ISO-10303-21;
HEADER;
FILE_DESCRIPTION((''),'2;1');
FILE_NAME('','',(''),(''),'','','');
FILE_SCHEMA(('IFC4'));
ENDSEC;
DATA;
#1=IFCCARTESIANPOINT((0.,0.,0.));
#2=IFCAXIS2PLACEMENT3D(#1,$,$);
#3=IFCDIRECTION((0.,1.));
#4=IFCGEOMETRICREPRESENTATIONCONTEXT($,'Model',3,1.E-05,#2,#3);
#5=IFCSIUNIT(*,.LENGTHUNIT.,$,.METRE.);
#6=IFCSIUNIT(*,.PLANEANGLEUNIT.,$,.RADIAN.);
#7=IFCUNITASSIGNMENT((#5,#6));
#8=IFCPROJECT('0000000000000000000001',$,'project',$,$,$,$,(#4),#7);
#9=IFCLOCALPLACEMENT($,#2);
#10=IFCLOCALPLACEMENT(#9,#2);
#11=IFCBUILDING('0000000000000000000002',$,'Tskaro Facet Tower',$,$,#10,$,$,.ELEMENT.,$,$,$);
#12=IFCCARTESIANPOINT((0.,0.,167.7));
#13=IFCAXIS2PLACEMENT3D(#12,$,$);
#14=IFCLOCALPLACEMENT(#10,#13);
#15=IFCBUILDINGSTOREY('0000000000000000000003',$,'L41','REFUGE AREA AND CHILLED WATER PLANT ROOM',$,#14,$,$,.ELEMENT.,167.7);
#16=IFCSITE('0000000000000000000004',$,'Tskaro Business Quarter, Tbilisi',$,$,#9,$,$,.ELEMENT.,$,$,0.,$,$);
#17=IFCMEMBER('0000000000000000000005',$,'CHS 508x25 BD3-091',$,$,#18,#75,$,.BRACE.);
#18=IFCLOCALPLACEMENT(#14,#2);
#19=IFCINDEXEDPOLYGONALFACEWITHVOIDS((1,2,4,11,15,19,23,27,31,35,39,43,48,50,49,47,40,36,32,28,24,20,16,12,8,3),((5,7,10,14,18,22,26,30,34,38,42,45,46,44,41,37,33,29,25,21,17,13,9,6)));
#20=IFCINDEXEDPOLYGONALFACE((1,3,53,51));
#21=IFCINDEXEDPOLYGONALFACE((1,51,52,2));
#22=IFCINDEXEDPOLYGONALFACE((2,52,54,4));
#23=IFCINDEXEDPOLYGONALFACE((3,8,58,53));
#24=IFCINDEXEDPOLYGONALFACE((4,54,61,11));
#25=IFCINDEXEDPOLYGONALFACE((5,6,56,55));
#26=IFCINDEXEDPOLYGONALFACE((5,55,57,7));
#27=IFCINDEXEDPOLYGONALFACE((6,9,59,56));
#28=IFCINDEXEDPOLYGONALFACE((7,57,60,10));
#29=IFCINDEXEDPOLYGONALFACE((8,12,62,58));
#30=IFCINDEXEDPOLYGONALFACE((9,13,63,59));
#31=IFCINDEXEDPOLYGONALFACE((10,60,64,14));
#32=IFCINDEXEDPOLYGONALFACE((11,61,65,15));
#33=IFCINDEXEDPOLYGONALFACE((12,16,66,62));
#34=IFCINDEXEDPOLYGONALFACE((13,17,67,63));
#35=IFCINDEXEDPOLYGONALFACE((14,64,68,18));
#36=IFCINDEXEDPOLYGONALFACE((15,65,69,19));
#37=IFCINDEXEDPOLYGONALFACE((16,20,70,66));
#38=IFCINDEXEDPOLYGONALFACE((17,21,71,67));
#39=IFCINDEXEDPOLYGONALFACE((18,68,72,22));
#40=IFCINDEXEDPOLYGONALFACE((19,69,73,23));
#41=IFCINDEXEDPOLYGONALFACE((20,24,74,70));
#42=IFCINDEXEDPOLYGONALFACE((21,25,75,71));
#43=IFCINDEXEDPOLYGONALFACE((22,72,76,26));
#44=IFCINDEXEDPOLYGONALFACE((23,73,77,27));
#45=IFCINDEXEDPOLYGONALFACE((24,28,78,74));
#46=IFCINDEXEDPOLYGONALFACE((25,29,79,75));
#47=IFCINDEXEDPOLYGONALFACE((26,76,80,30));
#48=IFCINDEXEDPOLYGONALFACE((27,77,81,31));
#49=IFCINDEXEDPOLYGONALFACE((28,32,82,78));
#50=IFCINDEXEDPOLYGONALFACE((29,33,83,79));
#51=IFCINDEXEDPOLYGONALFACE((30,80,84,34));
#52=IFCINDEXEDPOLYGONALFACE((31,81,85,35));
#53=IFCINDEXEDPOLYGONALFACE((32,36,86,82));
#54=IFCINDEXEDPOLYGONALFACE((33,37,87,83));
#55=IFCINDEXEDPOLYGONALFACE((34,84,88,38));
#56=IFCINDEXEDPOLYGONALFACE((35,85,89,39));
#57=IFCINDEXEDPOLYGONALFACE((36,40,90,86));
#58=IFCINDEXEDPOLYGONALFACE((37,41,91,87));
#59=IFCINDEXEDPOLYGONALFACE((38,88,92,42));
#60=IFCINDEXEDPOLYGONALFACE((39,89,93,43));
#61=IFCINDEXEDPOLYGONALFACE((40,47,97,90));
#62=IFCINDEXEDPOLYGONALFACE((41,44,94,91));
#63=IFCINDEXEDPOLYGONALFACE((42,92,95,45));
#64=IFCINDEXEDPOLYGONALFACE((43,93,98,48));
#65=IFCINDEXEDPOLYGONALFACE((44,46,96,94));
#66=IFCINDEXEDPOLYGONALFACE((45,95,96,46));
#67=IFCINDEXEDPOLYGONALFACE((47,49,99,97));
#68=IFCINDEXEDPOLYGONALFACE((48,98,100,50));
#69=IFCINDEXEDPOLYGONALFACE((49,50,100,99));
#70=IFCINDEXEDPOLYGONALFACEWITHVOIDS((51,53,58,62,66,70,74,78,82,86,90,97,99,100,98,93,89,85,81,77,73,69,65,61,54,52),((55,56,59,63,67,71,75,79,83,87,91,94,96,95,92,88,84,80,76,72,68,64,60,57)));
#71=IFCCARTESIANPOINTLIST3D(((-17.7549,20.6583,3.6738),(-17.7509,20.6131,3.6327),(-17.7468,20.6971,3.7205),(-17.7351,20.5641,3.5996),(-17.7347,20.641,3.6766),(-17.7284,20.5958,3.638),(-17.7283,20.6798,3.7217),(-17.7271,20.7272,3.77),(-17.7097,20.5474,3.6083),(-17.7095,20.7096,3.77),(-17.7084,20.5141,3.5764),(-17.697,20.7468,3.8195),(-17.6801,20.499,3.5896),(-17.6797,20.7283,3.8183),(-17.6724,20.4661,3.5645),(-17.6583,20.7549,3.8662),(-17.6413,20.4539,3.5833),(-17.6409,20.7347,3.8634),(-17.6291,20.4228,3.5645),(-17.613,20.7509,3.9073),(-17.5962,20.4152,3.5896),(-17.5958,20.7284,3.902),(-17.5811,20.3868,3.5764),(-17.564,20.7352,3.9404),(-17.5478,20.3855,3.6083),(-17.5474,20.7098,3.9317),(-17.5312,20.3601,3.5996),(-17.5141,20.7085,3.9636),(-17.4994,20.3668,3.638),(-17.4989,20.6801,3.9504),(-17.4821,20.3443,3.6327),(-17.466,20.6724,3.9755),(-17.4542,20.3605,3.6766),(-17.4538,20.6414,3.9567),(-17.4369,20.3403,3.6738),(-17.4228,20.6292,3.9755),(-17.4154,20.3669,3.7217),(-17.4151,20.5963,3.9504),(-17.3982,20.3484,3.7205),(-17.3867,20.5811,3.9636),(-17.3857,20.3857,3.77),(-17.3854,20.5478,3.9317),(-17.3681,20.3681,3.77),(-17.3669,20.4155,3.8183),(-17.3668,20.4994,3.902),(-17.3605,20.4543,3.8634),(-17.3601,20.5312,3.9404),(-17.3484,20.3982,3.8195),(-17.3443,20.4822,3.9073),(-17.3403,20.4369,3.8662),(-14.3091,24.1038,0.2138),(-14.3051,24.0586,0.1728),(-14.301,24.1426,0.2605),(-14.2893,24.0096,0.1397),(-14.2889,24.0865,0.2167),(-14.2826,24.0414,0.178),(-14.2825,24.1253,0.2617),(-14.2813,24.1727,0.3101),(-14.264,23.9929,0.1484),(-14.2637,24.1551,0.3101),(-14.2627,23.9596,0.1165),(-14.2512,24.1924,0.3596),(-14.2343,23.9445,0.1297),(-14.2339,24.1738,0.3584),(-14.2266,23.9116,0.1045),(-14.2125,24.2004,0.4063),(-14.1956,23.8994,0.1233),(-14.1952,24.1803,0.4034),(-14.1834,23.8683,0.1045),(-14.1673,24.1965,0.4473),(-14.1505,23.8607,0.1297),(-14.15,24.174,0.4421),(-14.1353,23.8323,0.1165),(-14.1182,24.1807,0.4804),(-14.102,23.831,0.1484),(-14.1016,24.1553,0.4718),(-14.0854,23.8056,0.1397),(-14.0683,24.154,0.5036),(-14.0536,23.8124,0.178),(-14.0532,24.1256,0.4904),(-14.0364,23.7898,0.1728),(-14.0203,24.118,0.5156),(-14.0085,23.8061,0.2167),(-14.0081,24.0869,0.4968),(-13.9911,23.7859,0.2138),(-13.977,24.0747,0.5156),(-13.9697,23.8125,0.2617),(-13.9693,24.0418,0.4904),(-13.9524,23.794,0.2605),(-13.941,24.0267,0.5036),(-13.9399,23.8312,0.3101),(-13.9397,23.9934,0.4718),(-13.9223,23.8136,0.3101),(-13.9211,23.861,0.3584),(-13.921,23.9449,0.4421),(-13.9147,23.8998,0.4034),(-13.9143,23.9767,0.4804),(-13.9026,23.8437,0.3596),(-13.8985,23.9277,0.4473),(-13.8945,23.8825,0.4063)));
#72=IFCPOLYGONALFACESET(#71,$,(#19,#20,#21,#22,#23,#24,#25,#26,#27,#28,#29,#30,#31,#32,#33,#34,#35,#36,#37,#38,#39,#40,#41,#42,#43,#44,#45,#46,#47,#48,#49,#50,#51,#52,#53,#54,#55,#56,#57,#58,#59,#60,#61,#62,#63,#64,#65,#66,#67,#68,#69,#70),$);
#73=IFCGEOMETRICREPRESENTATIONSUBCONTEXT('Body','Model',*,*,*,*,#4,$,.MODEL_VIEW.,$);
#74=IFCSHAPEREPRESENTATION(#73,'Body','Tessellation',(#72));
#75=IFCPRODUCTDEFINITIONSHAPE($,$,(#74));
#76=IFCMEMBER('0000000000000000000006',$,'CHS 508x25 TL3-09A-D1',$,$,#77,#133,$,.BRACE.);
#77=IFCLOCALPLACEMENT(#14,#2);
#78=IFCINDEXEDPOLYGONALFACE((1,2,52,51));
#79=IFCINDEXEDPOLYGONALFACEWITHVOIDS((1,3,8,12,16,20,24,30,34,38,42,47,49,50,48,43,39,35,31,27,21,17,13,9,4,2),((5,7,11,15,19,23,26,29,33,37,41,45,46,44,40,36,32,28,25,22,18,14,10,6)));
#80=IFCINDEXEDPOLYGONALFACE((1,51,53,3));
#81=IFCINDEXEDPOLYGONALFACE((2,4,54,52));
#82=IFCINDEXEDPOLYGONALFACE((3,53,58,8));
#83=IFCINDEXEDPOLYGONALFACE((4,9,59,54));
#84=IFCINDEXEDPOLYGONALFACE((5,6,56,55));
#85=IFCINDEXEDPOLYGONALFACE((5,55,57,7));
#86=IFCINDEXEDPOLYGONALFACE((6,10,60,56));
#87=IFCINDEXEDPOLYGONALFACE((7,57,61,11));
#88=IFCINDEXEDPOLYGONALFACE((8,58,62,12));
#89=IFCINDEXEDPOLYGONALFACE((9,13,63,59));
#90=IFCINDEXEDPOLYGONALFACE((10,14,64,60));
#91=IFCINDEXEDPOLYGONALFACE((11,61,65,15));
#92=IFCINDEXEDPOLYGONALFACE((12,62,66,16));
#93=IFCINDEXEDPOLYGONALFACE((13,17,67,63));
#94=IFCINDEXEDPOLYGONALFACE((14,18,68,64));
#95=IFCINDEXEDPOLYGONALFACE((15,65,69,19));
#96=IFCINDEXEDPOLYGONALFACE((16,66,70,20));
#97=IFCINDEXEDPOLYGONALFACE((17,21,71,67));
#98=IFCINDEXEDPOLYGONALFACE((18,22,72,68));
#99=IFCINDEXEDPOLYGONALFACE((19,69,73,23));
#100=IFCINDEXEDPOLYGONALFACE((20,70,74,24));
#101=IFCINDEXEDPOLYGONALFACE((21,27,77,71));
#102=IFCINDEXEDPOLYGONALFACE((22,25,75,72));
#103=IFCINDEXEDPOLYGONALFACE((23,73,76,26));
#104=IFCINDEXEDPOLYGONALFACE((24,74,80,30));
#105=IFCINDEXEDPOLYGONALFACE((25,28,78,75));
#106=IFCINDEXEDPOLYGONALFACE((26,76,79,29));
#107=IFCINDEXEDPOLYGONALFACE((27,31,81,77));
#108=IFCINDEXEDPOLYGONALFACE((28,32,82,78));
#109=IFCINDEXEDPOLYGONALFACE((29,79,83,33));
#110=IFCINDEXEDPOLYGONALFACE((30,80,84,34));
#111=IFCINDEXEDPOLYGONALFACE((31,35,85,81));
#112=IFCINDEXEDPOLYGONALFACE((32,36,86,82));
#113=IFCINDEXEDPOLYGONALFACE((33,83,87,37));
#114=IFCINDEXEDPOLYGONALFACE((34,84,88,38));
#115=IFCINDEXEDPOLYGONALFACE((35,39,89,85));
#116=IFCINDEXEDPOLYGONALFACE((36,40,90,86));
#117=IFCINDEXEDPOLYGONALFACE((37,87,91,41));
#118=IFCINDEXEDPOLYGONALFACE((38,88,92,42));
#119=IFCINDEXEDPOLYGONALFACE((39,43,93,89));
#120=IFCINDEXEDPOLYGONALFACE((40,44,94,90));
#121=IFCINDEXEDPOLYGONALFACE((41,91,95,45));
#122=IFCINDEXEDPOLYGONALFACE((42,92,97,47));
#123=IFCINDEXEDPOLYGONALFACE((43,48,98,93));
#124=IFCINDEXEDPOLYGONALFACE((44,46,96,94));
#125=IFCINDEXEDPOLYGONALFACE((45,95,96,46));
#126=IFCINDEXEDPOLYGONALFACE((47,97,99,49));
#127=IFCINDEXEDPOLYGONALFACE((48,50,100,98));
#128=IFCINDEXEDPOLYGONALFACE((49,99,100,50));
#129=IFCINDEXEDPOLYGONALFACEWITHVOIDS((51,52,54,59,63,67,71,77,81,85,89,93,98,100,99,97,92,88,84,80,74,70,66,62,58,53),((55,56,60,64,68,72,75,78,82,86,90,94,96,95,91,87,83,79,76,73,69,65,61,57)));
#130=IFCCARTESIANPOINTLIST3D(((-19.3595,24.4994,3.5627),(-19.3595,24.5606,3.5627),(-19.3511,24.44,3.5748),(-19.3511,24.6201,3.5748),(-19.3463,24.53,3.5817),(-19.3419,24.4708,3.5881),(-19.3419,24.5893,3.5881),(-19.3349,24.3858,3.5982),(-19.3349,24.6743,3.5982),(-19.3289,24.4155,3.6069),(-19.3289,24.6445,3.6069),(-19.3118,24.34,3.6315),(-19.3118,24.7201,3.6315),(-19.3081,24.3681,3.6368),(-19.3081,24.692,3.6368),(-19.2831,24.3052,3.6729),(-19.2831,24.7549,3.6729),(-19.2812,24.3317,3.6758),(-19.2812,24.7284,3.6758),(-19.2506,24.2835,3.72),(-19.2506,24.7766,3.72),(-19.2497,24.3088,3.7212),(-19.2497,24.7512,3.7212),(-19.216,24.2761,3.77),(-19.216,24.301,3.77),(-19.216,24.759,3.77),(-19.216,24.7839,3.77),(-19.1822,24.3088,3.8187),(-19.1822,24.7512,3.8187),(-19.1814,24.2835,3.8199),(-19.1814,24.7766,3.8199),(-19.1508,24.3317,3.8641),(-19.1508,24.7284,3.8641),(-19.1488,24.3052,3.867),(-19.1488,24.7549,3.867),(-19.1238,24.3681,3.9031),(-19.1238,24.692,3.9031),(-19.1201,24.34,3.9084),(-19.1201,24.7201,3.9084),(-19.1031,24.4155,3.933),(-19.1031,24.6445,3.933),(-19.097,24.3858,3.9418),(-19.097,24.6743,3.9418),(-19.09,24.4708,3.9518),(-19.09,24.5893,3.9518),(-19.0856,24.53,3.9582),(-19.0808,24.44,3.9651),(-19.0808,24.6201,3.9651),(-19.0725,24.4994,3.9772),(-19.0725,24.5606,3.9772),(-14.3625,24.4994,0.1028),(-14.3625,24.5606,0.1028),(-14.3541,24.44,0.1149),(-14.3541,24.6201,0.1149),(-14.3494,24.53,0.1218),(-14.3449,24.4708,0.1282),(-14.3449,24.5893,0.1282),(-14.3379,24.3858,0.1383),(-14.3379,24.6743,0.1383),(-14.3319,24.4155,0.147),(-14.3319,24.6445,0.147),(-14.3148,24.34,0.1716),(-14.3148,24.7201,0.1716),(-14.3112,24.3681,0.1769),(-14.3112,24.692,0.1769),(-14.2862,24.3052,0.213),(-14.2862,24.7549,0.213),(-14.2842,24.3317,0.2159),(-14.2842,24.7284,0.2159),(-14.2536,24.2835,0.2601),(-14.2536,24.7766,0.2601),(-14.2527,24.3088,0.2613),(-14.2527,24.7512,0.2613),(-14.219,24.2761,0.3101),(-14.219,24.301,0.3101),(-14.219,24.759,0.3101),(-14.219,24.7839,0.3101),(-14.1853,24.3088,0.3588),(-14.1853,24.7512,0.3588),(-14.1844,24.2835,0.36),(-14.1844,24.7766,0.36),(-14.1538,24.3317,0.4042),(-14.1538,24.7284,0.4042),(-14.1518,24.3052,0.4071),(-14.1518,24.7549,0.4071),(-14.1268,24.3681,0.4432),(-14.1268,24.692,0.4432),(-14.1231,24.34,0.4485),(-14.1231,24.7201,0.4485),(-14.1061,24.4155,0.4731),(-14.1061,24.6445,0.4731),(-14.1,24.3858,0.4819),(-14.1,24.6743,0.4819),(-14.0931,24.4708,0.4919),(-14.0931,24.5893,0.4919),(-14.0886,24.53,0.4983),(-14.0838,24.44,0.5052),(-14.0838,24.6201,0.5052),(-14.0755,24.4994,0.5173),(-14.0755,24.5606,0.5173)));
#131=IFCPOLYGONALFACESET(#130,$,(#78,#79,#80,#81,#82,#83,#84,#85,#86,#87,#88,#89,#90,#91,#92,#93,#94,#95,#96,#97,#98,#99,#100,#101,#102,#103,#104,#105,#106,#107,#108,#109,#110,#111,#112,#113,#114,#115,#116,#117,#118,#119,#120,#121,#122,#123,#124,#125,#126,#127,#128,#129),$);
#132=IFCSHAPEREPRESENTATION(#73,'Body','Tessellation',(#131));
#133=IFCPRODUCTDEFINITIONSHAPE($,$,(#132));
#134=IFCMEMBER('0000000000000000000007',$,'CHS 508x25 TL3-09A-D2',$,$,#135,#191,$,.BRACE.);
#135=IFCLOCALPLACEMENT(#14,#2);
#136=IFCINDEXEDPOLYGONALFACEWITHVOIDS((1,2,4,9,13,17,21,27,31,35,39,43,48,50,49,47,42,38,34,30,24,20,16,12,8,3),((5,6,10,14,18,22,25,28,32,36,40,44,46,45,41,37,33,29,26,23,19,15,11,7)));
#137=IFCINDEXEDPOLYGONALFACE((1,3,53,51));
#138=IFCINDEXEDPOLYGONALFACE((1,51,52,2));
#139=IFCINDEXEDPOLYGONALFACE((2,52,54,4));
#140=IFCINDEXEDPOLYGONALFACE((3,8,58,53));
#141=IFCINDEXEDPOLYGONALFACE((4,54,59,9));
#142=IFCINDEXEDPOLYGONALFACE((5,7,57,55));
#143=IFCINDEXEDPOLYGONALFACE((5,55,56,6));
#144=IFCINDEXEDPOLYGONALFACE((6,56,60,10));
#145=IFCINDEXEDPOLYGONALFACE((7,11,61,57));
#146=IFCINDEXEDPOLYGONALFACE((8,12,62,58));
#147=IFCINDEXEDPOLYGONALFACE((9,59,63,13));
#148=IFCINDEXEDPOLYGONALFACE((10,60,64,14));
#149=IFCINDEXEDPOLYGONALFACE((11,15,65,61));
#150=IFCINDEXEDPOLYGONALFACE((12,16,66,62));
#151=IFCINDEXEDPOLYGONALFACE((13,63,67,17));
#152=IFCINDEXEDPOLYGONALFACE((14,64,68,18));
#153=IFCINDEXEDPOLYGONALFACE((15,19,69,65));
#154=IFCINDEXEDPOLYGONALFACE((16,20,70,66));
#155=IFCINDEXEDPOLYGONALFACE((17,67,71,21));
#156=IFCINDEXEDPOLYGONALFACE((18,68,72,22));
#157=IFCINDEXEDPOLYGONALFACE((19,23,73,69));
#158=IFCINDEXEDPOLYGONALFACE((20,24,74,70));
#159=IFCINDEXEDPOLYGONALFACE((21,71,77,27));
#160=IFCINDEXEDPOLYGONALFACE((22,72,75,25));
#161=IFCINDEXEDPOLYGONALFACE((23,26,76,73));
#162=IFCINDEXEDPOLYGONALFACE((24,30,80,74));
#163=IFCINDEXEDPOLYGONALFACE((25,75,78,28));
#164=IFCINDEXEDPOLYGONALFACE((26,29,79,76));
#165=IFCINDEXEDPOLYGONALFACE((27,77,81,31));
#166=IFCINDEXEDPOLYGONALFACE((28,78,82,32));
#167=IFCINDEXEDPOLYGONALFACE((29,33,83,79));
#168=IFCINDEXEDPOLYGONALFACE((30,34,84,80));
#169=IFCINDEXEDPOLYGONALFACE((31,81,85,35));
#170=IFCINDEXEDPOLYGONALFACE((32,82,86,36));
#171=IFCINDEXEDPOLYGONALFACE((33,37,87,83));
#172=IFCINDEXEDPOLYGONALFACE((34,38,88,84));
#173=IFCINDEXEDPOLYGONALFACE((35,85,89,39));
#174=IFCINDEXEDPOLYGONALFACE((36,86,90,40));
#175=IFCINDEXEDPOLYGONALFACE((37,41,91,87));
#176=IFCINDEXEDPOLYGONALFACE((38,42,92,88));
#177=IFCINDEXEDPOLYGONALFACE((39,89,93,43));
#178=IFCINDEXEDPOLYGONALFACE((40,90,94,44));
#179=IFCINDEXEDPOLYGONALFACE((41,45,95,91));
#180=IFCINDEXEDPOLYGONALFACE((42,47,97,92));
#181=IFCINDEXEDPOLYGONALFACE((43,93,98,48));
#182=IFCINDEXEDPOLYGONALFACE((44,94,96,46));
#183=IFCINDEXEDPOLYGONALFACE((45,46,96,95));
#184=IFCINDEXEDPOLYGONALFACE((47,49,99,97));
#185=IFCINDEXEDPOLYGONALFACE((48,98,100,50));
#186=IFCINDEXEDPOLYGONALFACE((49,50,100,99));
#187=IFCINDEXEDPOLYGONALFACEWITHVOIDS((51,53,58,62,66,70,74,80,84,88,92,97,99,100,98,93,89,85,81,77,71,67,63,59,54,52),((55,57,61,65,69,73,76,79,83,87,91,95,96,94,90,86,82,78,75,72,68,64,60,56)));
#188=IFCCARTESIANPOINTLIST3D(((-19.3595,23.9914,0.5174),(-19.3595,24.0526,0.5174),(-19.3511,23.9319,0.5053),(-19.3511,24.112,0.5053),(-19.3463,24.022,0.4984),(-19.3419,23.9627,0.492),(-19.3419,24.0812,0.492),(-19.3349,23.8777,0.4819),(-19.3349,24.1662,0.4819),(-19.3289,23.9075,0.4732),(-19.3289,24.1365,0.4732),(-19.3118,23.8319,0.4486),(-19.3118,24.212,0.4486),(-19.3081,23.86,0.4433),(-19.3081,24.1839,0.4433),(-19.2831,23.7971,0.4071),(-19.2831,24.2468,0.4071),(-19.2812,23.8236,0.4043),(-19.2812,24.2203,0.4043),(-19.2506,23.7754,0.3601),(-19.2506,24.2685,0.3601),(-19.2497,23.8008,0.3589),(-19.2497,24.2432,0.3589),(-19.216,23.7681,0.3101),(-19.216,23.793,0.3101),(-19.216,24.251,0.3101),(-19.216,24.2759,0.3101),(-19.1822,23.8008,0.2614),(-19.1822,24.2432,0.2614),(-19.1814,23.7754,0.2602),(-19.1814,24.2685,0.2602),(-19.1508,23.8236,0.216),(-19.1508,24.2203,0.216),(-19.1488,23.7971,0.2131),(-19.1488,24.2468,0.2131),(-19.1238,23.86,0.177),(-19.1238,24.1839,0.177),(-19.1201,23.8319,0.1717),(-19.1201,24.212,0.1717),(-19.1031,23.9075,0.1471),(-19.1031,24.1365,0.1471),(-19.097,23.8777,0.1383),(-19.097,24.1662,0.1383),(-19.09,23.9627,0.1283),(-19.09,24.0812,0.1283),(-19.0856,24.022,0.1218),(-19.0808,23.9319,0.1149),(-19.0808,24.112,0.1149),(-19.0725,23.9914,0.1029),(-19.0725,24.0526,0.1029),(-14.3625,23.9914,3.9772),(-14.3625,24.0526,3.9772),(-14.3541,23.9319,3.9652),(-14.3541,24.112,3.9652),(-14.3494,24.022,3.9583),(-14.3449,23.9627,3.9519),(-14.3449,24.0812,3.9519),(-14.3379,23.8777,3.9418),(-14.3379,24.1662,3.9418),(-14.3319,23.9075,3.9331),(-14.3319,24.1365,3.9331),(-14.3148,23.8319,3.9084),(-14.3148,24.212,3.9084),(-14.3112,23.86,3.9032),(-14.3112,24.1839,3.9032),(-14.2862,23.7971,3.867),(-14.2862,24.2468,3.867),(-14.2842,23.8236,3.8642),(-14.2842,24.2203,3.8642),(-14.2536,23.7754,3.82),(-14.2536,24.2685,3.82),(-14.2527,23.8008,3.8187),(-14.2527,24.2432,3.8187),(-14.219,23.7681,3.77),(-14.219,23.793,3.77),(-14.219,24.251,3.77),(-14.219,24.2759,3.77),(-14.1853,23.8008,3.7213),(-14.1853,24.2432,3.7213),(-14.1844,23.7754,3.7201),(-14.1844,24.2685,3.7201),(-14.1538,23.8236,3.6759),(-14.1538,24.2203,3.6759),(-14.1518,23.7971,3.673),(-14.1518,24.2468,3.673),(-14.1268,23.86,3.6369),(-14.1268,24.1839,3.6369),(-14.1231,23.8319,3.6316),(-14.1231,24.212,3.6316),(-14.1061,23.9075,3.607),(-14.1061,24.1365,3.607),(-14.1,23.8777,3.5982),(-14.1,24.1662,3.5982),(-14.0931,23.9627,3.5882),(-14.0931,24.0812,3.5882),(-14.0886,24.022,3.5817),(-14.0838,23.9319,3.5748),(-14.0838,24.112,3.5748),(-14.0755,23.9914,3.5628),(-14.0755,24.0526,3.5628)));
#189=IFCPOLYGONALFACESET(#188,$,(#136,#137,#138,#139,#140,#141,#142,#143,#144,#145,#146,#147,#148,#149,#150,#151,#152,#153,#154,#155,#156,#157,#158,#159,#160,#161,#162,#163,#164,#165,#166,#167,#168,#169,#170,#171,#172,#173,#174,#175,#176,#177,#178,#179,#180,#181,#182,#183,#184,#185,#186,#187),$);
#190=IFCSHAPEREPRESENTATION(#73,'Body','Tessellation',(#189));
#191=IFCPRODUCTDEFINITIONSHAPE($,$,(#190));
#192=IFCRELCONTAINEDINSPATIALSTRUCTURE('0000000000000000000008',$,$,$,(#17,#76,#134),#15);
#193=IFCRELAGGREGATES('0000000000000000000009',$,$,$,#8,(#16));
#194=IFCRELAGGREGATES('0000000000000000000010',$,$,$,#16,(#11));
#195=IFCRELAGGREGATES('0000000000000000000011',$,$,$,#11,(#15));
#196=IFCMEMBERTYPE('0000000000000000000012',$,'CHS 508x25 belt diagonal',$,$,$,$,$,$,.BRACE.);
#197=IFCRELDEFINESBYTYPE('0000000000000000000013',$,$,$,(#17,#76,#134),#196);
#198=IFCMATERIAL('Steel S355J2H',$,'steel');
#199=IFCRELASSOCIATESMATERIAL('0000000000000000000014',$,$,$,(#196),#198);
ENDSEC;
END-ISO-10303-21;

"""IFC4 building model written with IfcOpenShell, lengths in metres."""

from ifc_helpers import new_model, si_unit, direction, frame, origin, origin_2d, place, context, subcontext, project, spatial, hollow_circle, extrude, material, material_profile, profile_set, type_object, element, save


model = new_model("IFC4")

# Units and contexts
model_context = context("Model", 3, precision=1e-05, world=origin(), true_north=direction((0.0, 1.0)))
body_context = subcontext(model_context, "Body", "Model", "MODEL_VIEW")
ifc_project = project(units=[si_unit("LENGTHUNIT", "METRE"), si_unit("PLANEANGLEUNIT", "RADIAN")], contexts=[model_context])

# Site, building, storey
site_placement = place(None, origin())
site = spatial("IfcSite", under=ifc_project, at=site_placement, Name="Tskaro Business Quarter, Tbilisi", CompositionType="ELEMENT", RefElevation=0.0)
building_placement = place(site_placement, origin())
building = spatial("IfcBuilding", under=site, at=building_placement, Name="Tskaro Facet Tower", CompositionType="ELEMENT")
storey_placement = place(building_placement, frame((0.0, 0.0, 167.7)))
storey = spatial("IfcBuildingStorey", under=building, at=storey_placement, Name="L41", Description="REFUGE AREA AND CHILLED WATER PLANT ROOM", CompositionType="ELEMENT", Elevation=167.7)

# Shared definitions
ifc_material_1 = material(Name="Steel S355J2H", Category="steel")

# Members
ifc_material_profile_1 = material_profile(ifc_material_1, hollow_circle(Radius=0.2539, WallThickness=0.0249, at=origin_2d()), Name="CHS 508x25")
ifc_profile_set_1 = profile_set([ifc_material_profile_1], Name="Steel S355J2H")
member_type_1 = type_object("IfcMemberType", Name="CHS 508x25 belt diagonal", PredefinedType="BRACE", material=ifc_profile_set_1)
member_1_placement = place(storey_placement, frame((-14.1018, 23.9932, 0.3101), z_axis=(-0.576573, -0.576532, 0.578942), x_axis=(0.707082, -0.707132, 0.0)))
element("IfcMember", 1, at=member_1_placement, inside=storey, type_object=member_type_1, Name="CHS 508x25 BD3-091", PredefinedType="BRACE", context=body_context, shape_type="SweptSolid", body=[
    extrude(hollow_circle(Radius=0.2539, WallThickness=0.0249, at=origin_2d()), origin(), (0.0, 0.0, 1.0), 5.9763),
])
for number, where, z_axis, x_axis, name in (
    (2, (-14.219, 24.53, 0.3101), (-0.822157, 0.0, 0.56926), (0.0, -1.0, 0.0), "CHS 508x25 TL3-09A-D1"),
    (3, (-14.219, 24.022, 3.77), (-0.822157, 0.0, -0.56926), (0.0, -1.0, 0.0), "CHS 508x25 TL3-09A-D2"),
):
    element("IfcMember", number, at=place(storey_placement, frame(where, z_axis=z_axis, x_axis=x_axis)), inside=storey, type_object=member_type_1, Name=name, PredefinedType="BRACE", context=body_context, shape_type="SweptSolid", body=[
        extrude(hollow_circle(Radius=0.2539, WallThickness=0.0249, at=origin_2d()), origin(), (0.0, 0.0, 1.0), 6.0779),
    ])

save(model, "model.ifc")
